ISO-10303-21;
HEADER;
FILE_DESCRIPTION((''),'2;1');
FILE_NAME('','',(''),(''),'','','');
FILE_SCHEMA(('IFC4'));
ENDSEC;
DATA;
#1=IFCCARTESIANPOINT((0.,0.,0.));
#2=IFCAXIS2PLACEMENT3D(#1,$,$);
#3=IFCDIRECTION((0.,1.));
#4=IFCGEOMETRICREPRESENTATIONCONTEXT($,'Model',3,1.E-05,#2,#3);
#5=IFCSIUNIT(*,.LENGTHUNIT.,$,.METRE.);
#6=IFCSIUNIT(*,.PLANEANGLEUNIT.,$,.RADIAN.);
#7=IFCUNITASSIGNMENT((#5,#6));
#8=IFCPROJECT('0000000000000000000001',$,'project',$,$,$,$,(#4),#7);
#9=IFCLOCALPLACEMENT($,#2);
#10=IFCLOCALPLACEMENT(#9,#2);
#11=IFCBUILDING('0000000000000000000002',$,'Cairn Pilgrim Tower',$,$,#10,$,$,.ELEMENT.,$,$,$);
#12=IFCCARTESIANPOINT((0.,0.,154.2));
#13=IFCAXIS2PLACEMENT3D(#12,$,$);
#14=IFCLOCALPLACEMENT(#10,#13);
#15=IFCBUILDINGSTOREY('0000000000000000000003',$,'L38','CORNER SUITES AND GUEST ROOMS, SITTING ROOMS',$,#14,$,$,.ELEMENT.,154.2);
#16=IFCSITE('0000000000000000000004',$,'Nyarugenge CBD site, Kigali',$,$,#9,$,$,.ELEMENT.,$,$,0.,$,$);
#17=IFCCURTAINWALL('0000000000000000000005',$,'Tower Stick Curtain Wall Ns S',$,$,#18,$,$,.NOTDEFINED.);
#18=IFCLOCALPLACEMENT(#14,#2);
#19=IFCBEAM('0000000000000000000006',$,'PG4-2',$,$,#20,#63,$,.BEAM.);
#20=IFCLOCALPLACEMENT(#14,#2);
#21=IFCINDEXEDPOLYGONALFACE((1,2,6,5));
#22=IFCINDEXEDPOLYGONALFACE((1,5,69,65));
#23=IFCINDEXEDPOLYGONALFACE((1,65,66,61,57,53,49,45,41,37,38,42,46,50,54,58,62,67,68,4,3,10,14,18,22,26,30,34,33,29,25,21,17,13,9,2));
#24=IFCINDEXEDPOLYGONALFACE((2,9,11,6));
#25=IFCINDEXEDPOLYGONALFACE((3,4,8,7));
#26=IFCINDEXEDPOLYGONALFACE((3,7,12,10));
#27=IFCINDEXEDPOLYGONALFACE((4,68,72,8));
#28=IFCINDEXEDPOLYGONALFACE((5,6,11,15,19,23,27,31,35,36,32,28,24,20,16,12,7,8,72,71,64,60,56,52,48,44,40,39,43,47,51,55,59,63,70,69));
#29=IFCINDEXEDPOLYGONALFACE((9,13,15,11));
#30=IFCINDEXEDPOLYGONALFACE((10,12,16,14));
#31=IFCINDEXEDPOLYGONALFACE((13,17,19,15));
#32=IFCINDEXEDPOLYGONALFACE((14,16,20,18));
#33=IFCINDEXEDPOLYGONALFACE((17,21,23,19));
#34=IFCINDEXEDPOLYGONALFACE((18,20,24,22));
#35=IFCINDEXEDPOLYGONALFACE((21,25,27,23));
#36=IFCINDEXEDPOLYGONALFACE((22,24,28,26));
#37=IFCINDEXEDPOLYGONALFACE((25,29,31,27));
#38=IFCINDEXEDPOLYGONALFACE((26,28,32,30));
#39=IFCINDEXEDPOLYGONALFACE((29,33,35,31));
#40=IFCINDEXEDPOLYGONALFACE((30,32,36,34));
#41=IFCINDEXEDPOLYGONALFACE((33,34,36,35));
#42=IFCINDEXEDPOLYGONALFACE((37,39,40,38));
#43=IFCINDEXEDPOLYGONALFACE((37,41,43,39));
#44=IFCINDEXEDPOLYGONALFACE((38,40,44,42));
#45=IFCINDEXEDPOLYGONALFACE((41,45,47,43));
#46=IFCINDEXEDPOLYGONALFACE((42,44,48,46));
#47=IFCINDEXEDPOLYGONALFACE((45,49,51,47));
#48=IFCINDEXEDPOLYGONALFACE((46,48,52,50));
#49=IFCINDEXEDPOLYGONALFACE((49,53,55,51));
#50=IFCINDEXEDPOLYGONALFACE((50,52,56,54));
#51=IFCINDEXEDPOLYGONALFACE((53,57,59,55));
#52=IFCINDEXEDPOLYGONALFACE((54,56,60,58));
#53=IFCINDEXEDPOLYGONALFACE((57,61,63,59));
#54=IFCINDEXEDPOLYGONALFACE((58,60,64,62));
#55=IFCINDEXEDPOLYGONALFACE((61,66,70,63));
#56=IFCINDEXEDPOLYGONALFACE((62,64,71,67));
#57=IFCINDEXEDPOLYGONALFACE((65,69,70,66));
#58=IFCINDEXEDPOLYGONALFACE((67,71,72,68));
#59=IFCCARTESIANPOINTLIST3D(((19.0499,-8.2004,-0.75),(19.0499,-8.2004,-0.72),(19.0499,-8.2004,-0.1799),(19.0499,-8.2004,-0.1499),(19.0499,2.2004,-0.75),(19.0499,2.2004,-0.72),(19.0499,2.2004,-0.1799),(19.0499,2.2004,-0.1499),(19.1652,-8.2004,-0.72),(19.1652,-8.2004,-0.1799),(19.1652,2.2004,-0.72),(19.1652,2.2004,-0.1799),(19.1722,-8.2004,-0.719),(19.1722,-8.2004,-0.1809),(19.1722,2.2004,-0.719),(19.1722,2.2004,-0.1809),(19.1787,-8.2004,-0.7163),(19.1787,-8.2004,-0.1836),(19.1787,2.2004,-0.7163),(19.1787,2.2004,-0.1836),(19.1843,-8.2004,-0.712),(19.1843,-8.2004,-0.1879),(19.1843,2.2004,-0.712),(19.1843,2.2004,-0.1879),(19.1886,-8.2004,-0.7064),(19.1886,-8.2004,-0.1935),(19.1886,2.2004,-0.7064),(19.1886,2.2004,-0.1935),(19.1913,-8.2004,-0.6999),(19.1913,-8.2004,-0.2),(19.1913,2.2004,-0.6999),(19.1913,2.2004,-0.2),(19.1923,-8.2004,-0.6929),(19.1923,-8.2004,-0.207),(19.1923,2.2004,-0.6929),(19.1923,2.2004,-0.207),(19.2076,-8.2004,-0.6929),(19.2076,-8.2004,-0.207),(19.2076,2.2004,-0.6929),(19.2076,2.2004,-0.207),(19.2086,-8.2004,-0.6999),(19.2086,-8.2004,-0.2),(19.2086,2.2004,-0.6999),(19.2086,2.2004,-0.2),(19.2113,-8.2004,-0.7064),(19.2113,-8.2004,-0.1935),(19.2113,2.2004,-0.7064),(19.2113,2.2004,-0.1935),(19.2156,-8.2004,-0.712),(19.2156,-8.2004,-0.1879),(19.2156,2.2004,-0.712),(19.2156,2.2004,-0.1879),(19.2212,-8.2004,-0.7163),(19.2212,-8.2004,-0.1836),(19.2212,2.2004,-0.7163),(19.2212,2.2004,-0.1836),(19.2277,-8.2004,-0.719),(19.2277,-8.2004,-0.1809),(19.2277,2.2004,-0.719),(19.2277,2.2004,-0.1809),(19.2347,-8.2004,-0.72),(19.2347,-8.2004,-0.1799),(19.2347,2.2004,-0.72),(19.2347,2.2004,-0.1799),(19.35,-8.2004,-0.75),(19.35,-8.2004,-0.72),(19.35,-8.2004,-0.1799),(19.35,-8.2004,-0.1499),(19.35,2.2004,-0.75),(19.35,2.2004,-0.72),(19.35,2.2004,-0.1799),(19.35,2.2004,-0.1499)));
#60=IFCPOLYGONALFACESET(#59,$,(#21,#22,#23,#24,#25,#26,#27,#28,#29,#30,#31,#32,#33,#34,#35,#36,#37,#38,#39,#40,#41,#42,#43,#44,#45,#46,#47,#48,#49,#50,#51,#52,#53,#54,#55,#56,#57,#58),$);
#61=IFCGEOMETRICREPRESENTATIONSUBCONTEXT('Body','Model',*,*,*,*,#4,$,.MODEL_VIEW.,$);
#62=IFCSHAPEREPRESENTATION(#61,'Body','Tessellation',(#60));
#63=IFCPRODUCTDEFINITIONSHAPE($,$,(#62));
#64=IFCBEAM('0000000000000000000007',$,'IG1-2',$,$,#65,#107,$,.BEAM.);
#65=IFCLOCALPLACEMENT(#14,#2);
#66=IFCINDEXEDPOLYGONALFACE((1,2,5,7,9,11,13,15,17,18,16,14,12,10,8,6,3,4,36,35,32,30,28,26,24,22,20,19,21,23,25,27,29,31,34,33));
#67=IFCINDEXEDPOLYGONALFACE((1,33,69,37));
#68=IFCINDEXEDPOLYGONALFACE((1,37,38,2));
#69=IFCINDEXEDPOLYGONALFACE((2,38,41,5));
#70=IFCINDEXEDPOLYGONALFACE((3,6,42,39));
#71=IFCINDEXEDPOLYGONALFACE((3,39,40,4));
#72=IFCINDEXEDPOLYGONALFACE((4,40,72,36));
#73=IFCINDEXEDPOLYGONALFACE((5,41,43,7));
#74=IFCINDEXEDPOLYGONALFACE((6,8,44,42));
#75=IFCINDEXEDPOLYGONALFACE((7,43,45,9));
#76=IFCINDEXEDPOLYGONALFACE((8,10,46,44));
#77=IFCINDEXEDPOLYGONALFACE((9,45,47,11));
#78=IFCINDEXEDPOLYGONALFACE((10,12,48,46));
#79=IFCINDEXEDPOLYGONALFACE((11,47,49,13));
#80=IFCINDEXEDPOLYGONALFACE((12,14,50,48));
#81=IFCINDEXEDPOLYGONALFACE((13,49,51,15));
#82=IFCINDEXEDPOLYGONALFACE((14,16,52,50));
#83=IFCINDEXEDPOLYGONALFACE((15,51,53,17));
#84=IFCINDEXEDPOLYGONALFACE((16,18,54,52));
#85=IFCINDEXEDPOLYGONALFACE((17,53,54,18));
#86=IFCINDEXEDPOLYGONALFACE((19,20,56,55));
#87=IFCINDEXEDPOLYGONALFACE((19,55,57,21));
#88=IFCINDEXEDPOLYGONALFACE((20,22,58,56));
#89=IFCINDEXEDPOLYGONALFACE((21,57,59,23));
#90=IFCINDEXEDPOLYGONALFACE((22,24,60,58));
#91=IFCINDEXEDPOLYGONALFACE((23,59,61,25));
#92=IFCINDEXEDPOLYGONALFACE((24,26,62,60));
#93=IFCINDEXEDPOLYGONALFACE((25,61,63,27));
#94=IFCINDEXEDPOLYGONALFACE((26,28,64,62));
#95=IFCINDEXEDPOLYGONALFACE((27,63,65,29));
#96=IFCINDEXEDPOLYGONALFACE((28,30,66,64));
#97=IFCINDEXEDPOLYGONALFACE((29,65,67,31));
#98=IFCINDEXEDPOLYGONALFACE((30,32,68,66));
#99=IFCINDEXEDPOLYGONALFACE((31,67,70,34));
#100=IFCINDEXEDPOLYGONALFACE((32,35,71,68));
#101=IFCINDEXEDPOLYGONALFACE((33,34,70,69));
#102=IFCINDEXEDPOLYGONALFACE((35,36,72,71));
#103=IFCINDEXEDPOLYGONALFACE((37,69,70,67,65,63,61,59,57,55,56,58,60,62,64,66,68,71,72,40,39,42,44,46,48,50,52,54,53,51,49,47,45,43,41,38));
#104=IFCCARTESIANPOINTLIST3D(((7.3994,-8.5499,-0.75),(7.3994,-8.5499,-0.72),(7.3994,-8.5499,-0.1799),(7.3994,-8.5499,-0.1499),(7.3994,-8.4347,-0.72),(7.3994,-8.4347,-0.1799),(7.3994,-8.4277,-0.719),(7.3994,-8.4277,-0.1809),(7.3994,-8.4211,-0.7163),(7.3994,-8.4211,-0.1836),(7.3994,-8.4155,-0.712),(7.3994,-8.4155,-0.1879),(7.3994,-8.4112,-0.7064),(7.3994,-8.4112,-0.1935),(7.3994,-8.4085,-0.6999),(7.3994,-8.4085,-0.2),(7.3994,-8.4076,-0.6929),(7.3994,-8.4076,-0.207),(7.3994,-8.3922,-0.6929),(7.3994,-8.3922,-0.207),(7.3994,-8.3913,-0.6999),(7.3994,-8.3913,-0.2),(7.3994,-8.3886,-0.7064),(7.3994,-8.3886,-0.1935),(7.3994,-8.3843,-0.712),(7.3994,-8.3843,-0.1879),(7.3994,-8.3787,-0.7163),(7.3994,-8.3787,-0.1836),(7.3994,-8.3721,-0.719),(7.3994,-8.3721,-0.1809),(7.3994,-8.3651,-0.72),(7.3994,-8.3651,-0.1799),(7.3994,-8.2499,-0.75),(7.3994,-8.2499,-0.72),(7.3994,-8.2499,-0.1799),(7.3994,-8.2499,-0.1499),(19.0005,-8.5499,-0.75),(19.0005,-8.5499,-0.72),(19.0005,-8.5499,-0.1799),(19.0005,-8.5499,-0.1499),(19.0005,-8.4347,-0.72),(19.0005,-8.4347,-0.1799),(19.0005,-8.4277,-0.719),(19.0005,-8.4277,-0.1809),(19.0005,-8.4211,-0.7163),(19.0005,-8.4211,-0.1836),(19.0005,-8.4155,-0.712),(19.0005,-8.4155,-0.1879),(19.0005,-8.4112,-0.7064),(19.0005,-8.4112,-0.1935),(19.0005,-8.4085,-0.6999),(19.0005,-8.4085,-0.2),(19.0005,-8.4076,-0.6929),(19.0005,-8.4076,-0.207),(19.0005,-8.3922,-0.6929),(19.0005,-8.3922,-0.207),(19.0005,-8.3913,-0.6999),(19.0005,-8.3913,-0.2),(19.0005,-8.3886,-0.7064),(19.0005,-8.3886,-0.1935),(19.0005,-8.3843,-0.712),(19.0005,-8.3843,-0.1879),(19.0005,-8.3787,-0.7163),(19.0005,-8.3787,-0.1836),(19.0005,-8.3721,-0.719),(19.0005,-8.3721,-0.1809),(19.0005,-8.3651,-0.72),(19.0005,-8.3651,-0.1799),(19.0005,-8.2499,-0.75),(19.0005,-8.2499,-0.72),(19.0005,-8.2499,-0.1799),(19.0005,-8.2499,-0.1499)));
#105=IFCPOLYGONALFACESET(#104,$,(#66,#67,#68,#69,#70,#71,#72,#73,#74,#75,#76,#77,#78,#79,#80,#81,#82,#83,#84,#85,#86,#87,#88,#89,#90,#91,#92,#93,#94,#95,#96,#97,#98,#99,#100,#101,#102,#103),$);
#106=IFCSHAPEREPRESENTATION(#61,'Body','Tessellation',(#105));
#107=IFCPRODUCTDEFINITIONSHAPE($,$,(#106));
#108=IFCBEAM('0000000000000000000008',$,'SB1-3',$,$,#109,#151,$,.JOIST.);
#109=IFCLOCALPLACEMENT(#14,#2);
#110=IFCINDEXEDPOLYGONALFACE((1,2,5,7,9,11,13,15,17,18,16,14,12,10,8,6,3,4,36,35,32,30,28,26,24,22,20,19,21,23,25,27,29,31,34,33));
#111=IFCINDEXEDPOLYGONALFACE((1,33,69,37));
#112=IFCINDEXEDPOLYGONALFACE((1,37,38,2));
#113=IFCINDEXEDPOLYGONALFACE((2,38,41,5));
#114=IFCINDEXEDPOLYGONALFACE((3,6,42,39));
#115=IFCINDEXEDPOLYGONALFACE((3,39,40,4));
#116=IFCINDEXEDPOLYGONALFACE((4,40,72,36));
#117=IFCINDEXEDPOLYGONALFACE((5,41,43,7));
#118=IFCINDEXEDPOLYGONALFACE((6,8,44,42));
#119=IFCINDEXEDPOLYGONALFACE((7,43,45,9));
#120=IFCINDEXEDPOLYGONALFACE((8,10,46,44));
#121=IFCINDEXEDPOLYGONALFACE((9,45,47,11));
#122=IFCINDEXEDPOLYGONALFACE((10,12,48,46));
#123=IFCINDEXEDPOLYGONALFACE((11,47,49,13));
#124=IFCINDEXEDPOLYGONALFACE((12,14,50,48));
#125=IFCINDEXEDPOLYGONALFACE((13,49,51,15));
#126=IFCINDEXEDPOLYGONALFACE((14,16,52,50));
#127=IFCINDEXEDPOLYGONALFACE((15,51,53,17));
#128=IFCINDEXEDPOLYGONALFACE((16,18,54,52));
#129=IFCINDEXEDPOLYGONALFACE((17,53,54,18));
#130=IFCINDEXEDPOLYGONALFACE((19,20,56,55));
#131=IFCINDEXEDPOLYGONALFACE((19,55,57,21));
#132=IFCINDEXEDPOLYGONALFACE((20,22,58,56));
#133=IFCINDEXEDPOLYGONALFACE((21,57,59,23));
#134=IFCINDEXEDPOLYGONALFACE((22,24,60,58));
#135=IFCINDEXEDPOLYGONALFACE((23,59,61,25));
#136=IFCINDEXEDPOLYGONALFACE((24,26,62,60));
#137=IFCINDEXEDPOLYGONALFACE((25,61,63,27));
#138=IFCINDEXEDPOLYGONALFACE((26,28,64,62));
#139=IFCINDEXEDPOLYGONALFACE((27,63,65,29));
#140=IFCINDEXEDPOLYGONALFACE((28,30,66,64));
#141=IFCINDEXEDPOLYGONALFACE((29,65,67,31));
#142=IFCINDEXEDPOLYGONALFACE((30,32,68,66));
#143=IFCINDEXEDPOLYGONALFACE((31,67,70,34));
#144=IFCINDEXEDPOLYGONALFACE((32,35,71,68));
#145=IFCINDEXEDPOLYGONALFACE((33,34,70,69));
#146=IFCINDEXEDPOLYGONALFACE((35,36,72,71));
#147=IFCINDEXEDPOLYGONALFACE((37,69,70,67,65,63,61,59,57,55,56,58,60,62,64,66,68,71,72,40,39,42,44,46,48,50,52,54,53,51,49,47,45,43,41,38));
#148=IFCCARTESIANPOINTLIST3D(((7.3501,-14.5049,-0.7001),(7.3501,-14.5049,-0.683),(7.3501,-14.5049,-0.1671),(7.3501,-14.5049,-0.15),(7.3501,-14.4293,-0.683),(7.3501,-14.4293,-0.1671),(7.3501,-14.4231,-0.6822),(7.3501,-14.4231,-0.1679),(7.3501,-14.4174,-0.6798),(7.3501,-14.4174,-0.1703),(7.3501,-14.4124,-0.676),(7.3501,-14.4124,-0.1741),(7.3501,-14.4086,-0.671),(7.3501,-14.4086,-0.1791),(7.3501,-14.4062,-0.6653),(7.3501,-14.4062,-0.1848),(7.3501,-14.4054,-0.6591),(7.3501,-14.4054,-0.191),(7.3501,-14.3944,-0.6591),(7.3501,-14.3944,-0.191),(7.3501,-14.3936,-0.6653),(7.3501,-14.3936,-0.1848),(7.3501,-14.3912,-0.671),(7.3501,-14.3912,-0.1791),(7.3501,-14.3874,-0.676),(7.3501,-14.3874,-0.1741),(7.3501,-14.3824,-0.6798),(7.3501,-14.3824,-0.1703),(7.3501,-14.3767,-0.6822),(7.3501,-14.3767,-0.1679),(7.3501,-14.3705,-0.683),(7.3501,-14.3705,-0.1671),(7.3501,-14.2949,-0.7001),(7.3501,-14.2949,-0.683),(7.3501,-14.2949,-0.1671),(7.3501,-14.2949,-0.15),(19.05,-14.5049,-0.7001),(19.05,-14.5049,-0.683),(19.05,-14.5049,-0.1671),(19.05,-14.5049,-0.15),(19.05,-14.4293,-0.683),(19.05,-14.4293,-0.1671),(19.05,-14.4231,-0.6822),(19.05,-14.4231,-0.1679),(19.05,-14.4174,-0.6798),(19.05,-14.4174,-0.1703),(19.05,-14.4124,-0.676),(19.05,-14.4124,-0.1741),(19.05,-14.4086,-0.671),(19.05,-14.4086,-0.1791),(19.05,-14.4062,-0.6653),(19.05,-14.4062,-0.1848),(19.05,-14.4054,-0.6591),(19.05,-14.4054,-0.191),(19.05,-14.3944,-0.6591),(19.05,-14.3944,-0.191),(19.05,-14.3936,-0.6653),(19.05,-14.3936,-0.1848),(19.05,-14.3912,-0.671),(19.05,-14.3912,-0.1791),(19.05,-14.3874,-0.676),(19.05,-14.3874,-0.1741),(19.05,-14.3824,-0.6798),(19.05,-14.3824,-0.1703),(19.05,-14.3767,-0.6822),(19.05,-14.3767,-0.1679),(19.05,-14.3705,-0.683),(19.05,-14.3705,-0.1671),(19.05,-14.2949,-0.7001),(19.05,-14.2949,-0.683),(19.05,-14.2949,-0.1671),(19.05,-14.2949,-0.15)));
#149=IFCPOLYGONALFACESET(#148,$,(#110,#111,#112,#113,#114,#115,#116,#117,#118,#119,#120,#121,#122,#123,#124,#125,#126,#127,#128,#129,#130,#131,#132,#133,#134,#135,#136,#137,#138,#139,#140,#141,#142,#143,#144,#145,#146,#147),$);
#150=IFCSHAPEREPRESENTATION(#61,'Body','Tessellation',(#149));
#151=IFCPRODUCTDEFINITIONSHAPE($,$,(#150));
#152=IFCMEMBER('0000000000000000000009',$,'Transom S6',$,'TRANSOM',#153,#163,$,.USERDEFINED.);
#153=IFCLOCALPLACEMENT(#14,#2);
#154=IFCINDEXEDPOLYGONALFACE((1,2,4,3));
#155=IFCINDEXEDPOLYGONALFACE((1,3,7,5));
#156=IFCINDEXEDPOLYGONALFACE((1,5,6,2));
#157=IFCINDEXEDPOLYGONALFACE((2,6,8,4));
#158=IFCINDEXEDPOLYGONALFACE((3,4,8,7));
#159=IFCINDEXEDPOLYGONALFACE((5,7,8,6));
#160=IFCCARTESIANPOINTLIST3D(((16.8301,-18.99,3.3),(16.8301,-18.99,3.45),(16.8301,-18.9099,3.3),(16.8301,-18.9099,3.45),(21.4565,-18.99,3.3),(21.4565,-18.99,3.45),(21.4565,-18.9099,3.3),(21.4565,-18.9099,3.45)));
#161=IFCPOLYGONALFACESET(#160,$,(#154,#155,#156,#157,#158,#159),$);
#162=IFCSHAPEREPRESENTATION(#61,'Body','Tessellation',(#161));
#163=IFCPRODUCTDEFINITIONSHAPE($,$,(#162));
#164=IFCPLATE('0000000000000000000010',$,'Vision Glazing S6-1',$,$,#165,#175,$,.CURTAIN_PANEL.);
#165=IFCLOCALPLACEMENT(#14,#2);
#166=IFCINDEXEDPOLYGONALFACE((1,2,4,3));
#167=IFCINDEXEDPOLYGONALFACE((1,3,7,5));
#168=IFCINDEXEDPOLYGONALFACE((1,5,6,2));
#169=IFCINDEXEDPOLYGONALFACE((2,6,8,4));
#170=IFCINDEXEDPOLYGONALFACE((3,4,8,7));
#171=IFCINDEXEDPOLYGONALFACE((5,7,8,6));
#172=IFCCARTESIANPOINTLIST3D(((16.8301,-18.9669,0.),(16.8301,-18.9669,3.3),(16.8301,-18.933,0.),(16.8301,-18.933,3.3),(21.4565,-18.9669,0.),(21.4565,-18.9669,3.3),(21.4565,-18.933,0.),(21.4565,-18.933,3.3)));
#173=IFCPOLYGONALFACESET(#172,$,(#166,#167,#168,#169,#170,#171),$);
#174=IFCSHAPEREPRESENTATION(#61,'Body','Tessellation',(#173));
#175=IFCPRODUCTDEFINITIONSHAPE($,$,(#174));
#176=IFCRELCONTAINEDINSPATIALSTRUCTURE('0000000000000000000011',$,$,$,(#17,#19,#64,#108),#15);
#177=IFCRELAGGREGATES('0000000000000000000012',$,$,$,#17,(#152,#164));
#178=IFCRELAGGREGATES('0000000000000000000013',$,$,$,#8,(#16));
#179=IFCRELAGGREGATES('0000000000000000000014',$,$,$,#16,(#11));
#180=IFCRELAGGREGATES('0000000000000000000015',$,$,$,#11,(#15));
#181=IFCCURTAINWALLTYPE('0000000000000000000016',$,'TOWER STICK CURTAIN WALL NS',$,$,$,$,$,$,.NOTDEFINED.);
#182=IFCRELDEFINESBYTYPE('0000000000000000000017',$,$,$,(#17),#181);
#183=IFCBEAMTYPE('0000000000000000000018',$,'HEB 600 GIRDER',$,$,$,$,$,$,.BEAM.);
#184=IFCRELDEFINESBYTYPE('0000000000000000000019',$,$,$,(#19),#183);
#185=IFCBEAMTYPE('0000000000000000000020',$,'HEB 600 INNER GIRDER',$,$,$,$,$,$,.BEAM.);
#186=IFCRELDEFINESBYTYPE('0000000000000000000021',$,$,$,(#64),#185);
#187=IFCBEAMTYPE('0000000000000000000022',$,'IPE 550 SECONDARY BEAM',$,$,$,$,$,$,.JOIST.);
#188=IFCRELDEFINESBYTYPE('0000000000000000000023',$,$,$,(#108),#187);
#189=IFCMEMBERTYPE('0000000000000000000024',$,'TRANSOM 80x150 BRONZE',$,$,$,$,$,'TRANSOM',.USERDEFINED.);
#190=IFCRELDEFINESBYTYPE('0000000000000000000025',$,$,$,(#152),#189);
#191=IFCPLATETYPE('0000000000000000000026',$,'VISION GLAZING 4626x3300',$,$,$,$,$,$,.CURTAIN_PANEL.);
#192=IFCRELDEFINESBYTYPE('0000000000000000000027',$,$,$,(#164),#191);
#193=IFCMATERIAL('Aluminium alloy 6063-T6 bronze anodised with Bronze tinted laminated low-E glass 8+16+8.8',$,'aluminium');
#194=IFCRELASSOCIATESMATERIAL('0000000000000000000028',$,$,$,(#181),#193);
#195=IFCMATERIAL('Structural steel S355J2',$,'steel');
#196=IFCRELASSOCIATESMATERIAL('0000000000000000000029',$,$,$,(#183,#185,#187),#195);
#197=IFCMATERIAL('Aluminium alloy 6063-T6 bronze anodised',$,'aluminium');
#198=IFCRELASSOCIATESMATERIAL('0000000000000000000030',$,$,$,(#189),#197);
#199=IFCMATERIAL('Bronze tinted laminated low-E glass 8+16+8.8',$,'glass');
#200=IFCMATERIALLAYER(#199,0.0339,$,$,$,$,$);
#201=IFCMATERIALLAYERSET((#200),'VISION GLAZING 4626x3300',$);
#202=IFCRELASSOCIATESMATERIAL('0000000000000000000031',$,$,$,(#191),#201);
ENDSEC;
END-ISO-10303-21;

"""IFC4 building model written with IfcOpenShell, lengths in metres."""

from ifc_helpers import new_model, si_unit, direction, frame, origin, origin_2d, place, context, subcontext, project, spatial, rectangle, i_section, extrude, material, layer, layer_set, material_profile, profile_set, type_object, element, aggregate, save


model = new_model("IFC4")

# Units and contexts
model_context = context("Model", 3, precision=1e-05, world=origin(), true_north=direction((0.0, 1.0)))
body_context = subcontext(model_context, "Body", "Model", "MODEL_VIEW")
ifc_project = project(units=[si_unit("LENGTHUNIT", "METRE"), si_unit("PLANEANGLEUNIT", "RADIAN")], contexts=[model_context])

# Site, building, storey
site_placement = place(None, origin())
site = spatial("IfcSite", under=ifc_project, at=site_placement, Name="Nyarugenge CBD site, Kigali", CompositionType="ELEMENT", RefElevation=0.0)
building_placement = place(site_placement, origin())
building = spatial("IfcBuilding", under=site, at=building_placement, Name="Cairn Pilgrim Tower", CompositionType="ELEMENT")
storey_placement = place(building_placement, frame((0.0, 0.0, 154.2)))
storey = spatial("IfcBuildingStorey", under=building, at=storey_placement, Name="L38", Description="CORNER SUITES AND GUEST ROOMS, SITTING ROOMS", CompositionType="ELEMENT", Elevation=154.2)

# Shared definitions
ifc_material_1 = material(Name="Structural steel S355J2", Category="steel")

# Curtain wall
ifc_material_2 = material(Name="Aluminium alloy 6063-T6 bronze anodised with Bronze tinted laminated low-E glass 8+16+8.8", Category="aluminium")
curtain_wall_type = type_object("IfcCurtainWallType", Name="TOWER STICK CURTAIN WALL NS", PredefinedType="NOTDEFINED", material=ifc_material_2)
curtain_wall_placement = place(storey_placement, origin())
curtain_wall = element("IfcCurtainWall", 1, at=curtain_wall_placement, inside=storey, type_object=curtain_wall_type, Name="Tower Stick Curtain Wall Ns S", PredefinedType="NOTDEFINED")
ifc_material_3 = material(Name="Aluminium alloy 6063-T6 bronze anodised", Category="aluminium")

# Beams
ifc_material_profile_1 = material_profile(ifc_material_1, i_section(OverallWidth=0.3, OverallDepth=0.6001, WebThickness=0.0154, FlangeThickness=0.03, FilletRadius=0.0271, at=origin_2d()), Name="HEB 600")
ifc_profile_set_1 = profile_set([ifc_material_profile_1], Name="Structural steel S355J2")
beam_type_1 = type_object("IfcBeamType", Name="HEB 600 GIRDER", PredefinedType="BEAM", material=ifc_profile_set_1)
beam_1_placement = place(storey_placement, frame((19.2, -8.2004, -0.45), z_axis=(0.0, 1.0, 0.0), x_axis=(-1.0, 0.0, 0.0)))
element("IfcBeam", 2, at=beam_1_placement, inside=storey, type_object=beam_type_1, Name="PG4-2", PredefinedType="BEAM", context=body_context, shape_type="SweptSolid", body=[
    extrude(i_section(OverallWidth=0.3, OverallDepth=0.6001, WebThickness=0.0154, FlangeThickness=0.03, FilletRadius=0.0271, at=origin_2d()), origin(), (0.0, 0.0, 1.0), 10.4009),
])
ifc_material_profile_2 = material_profile(ifc_material_1, i_section(OverallWidth=0.3, OverallDepth=0.6001, WebThickness=0.0154, FlangeThickness=0.03, FilletRadius=0.0271, at=origin_2d()), Name="HEB 600")
ifc_profile_set_2 = profile_set([ifc_material_profile_2], Name="Structural steel S355J2")
beam_type_2 = type_object("IfcBeamType", Name="HEB 600 INNER GIRDER", PredefinedType="BEAM", material=ifc_profile_set_2)
beam_2_placement = place(storey_placement, frame((7.3994, -8.3999, -0.45), z_axis=(1.0, 0.0, 0.0), x_axis=(0.0, 1.0, 0.0)))
element("IfcBeam", 3, at=beam_2_placement, inside=storey, type_object=beam_type_2, Name="IG1-2", PredefinedType="BEAM", context=body_context, shape_type="SweptSolid", body=[
    extrude(i_section(OverallWidth=0.3, OverallDepth=0.6001, WebThickness=0.0154, FlangeThickness=0.03, FilletRadius=0.0271, at=origin_2d()), origin(), (0.0, 0.0, 1.0), 11.6011),
])
ifc_material_profile_3 = material_profile(ifc_material_1, i_section(OverallWidth=0.21, OverallDepth=0.55, WebThickness=0.011, FlangeThickness=0.0171, FilletRadius=0.0239, at=origin_2d()), Name="IPE 550")
ifc_profile_set_3 = profile_set([ifc_material_profile_3], Name="Structural steel S355J2")
beam_type_3 = type_object("IfcBeamType", Name="IPE 550 SECONDARY BEAM", PredefinedType="JOIST", material=ifc_profile_set_3)
beam_3_placement = place(storey_placement, frame((7.3501, -14.3999, -0.425), z_axis=(1.0, 0.0, 0.0), x_axis=(0.0, 1.0, 0.0)))
element("IfcBeam", 4, at=beam_3_placement, inside=storey, type_object=beam_type_3, Name="SB1-3", PredefinedType="JOIST", context=body_context, shape_type="SweptSolid", body=[
    extrude(i_section(OverallWidth=0.21, OverallDepth=0.55, WebThickness=0.011, FlangeThickness=0.0171, FilletRadius=0.0239, at=origin_2d()), origin(), (0.0, 0.0, 1.0), 11.7),
])

# Member
ifc_material_profile_4 = material_profile(ifc_material_3, rectangle(XDim=0.0801, YDim=0.1499, at=origin_2d()), Name="TRANSOM 80x150 BRONZE")
ifc_profile_set_4 = profile_set([ifc_material_profile_4], Name="Aluminium alloy 6063-T6 bronze anodised")
member_type_1 = type_object("IfcMemberType", Name="TRANSOM 80x150 BRONZE", ElementType="TRANSOM", PredefinedType="USERDEFINED", material=ifc_profile_set_4)
member_1_placement = place(storey_placement, frame((16.8301, -18.95, 3.375), z_axis=(1.0, 0.0, 0.0), x_axis=(0.0, 1.0, 0.0)))
member_1 = element("IfcMember", 5, at=member_1_placement, type_object=member_type_1, Name="Transom S6", ObjectType="TRANSOM", PredefinedType="USERDEFINED", context=body_context, shape_type="SweptSolid", body=[
    extrude(rectangle(XDim=0.0801, YDim=0.1499, at=origin_2d()), origin(), (0.0, 0.0, 1.0), 4.6265),
])

# Plate
ifc_material_4 = material(Name="Bronze tinted laminated low-E glass 8+16+8.8", Category="glass")
ifc_layer_1 = layer(ifc_material_4, 0.0339)
ifc_layer_set_1 = layer_set([ifc_layer_1], Name="VISION GLAZING 4626x3300")
plate_type = type_object("IfcPlateType", Name="VISION GLAZING 4626x3300", PredefinedType="CURTAIN_PANEL", material=ifc_layer_set_1)
plate_placement = place(storey_placement, frame((19.1433, -18.95, 0.0), z_axis=(0.0, 0.0, 1.0), x_axis=(1.0, 0.0, 0.0)))
plate = element("IfcPlate", 6, at=plate_placement, type_object=plate_type, Name="Vision Glazing S6-1", PredefinedType="CURTAIN_PANEL", context=body_context, shape_type="SweptSolid", body=[
    extrude(rectangle(XDim=4.6265, YDim=0.0339, at=origin_2d()), origin(), (0.0, 0.0, 1.0), 3.3),
])
aggregate(curtain_wall, [member_1, plate])

save(model, "model.ifc")
